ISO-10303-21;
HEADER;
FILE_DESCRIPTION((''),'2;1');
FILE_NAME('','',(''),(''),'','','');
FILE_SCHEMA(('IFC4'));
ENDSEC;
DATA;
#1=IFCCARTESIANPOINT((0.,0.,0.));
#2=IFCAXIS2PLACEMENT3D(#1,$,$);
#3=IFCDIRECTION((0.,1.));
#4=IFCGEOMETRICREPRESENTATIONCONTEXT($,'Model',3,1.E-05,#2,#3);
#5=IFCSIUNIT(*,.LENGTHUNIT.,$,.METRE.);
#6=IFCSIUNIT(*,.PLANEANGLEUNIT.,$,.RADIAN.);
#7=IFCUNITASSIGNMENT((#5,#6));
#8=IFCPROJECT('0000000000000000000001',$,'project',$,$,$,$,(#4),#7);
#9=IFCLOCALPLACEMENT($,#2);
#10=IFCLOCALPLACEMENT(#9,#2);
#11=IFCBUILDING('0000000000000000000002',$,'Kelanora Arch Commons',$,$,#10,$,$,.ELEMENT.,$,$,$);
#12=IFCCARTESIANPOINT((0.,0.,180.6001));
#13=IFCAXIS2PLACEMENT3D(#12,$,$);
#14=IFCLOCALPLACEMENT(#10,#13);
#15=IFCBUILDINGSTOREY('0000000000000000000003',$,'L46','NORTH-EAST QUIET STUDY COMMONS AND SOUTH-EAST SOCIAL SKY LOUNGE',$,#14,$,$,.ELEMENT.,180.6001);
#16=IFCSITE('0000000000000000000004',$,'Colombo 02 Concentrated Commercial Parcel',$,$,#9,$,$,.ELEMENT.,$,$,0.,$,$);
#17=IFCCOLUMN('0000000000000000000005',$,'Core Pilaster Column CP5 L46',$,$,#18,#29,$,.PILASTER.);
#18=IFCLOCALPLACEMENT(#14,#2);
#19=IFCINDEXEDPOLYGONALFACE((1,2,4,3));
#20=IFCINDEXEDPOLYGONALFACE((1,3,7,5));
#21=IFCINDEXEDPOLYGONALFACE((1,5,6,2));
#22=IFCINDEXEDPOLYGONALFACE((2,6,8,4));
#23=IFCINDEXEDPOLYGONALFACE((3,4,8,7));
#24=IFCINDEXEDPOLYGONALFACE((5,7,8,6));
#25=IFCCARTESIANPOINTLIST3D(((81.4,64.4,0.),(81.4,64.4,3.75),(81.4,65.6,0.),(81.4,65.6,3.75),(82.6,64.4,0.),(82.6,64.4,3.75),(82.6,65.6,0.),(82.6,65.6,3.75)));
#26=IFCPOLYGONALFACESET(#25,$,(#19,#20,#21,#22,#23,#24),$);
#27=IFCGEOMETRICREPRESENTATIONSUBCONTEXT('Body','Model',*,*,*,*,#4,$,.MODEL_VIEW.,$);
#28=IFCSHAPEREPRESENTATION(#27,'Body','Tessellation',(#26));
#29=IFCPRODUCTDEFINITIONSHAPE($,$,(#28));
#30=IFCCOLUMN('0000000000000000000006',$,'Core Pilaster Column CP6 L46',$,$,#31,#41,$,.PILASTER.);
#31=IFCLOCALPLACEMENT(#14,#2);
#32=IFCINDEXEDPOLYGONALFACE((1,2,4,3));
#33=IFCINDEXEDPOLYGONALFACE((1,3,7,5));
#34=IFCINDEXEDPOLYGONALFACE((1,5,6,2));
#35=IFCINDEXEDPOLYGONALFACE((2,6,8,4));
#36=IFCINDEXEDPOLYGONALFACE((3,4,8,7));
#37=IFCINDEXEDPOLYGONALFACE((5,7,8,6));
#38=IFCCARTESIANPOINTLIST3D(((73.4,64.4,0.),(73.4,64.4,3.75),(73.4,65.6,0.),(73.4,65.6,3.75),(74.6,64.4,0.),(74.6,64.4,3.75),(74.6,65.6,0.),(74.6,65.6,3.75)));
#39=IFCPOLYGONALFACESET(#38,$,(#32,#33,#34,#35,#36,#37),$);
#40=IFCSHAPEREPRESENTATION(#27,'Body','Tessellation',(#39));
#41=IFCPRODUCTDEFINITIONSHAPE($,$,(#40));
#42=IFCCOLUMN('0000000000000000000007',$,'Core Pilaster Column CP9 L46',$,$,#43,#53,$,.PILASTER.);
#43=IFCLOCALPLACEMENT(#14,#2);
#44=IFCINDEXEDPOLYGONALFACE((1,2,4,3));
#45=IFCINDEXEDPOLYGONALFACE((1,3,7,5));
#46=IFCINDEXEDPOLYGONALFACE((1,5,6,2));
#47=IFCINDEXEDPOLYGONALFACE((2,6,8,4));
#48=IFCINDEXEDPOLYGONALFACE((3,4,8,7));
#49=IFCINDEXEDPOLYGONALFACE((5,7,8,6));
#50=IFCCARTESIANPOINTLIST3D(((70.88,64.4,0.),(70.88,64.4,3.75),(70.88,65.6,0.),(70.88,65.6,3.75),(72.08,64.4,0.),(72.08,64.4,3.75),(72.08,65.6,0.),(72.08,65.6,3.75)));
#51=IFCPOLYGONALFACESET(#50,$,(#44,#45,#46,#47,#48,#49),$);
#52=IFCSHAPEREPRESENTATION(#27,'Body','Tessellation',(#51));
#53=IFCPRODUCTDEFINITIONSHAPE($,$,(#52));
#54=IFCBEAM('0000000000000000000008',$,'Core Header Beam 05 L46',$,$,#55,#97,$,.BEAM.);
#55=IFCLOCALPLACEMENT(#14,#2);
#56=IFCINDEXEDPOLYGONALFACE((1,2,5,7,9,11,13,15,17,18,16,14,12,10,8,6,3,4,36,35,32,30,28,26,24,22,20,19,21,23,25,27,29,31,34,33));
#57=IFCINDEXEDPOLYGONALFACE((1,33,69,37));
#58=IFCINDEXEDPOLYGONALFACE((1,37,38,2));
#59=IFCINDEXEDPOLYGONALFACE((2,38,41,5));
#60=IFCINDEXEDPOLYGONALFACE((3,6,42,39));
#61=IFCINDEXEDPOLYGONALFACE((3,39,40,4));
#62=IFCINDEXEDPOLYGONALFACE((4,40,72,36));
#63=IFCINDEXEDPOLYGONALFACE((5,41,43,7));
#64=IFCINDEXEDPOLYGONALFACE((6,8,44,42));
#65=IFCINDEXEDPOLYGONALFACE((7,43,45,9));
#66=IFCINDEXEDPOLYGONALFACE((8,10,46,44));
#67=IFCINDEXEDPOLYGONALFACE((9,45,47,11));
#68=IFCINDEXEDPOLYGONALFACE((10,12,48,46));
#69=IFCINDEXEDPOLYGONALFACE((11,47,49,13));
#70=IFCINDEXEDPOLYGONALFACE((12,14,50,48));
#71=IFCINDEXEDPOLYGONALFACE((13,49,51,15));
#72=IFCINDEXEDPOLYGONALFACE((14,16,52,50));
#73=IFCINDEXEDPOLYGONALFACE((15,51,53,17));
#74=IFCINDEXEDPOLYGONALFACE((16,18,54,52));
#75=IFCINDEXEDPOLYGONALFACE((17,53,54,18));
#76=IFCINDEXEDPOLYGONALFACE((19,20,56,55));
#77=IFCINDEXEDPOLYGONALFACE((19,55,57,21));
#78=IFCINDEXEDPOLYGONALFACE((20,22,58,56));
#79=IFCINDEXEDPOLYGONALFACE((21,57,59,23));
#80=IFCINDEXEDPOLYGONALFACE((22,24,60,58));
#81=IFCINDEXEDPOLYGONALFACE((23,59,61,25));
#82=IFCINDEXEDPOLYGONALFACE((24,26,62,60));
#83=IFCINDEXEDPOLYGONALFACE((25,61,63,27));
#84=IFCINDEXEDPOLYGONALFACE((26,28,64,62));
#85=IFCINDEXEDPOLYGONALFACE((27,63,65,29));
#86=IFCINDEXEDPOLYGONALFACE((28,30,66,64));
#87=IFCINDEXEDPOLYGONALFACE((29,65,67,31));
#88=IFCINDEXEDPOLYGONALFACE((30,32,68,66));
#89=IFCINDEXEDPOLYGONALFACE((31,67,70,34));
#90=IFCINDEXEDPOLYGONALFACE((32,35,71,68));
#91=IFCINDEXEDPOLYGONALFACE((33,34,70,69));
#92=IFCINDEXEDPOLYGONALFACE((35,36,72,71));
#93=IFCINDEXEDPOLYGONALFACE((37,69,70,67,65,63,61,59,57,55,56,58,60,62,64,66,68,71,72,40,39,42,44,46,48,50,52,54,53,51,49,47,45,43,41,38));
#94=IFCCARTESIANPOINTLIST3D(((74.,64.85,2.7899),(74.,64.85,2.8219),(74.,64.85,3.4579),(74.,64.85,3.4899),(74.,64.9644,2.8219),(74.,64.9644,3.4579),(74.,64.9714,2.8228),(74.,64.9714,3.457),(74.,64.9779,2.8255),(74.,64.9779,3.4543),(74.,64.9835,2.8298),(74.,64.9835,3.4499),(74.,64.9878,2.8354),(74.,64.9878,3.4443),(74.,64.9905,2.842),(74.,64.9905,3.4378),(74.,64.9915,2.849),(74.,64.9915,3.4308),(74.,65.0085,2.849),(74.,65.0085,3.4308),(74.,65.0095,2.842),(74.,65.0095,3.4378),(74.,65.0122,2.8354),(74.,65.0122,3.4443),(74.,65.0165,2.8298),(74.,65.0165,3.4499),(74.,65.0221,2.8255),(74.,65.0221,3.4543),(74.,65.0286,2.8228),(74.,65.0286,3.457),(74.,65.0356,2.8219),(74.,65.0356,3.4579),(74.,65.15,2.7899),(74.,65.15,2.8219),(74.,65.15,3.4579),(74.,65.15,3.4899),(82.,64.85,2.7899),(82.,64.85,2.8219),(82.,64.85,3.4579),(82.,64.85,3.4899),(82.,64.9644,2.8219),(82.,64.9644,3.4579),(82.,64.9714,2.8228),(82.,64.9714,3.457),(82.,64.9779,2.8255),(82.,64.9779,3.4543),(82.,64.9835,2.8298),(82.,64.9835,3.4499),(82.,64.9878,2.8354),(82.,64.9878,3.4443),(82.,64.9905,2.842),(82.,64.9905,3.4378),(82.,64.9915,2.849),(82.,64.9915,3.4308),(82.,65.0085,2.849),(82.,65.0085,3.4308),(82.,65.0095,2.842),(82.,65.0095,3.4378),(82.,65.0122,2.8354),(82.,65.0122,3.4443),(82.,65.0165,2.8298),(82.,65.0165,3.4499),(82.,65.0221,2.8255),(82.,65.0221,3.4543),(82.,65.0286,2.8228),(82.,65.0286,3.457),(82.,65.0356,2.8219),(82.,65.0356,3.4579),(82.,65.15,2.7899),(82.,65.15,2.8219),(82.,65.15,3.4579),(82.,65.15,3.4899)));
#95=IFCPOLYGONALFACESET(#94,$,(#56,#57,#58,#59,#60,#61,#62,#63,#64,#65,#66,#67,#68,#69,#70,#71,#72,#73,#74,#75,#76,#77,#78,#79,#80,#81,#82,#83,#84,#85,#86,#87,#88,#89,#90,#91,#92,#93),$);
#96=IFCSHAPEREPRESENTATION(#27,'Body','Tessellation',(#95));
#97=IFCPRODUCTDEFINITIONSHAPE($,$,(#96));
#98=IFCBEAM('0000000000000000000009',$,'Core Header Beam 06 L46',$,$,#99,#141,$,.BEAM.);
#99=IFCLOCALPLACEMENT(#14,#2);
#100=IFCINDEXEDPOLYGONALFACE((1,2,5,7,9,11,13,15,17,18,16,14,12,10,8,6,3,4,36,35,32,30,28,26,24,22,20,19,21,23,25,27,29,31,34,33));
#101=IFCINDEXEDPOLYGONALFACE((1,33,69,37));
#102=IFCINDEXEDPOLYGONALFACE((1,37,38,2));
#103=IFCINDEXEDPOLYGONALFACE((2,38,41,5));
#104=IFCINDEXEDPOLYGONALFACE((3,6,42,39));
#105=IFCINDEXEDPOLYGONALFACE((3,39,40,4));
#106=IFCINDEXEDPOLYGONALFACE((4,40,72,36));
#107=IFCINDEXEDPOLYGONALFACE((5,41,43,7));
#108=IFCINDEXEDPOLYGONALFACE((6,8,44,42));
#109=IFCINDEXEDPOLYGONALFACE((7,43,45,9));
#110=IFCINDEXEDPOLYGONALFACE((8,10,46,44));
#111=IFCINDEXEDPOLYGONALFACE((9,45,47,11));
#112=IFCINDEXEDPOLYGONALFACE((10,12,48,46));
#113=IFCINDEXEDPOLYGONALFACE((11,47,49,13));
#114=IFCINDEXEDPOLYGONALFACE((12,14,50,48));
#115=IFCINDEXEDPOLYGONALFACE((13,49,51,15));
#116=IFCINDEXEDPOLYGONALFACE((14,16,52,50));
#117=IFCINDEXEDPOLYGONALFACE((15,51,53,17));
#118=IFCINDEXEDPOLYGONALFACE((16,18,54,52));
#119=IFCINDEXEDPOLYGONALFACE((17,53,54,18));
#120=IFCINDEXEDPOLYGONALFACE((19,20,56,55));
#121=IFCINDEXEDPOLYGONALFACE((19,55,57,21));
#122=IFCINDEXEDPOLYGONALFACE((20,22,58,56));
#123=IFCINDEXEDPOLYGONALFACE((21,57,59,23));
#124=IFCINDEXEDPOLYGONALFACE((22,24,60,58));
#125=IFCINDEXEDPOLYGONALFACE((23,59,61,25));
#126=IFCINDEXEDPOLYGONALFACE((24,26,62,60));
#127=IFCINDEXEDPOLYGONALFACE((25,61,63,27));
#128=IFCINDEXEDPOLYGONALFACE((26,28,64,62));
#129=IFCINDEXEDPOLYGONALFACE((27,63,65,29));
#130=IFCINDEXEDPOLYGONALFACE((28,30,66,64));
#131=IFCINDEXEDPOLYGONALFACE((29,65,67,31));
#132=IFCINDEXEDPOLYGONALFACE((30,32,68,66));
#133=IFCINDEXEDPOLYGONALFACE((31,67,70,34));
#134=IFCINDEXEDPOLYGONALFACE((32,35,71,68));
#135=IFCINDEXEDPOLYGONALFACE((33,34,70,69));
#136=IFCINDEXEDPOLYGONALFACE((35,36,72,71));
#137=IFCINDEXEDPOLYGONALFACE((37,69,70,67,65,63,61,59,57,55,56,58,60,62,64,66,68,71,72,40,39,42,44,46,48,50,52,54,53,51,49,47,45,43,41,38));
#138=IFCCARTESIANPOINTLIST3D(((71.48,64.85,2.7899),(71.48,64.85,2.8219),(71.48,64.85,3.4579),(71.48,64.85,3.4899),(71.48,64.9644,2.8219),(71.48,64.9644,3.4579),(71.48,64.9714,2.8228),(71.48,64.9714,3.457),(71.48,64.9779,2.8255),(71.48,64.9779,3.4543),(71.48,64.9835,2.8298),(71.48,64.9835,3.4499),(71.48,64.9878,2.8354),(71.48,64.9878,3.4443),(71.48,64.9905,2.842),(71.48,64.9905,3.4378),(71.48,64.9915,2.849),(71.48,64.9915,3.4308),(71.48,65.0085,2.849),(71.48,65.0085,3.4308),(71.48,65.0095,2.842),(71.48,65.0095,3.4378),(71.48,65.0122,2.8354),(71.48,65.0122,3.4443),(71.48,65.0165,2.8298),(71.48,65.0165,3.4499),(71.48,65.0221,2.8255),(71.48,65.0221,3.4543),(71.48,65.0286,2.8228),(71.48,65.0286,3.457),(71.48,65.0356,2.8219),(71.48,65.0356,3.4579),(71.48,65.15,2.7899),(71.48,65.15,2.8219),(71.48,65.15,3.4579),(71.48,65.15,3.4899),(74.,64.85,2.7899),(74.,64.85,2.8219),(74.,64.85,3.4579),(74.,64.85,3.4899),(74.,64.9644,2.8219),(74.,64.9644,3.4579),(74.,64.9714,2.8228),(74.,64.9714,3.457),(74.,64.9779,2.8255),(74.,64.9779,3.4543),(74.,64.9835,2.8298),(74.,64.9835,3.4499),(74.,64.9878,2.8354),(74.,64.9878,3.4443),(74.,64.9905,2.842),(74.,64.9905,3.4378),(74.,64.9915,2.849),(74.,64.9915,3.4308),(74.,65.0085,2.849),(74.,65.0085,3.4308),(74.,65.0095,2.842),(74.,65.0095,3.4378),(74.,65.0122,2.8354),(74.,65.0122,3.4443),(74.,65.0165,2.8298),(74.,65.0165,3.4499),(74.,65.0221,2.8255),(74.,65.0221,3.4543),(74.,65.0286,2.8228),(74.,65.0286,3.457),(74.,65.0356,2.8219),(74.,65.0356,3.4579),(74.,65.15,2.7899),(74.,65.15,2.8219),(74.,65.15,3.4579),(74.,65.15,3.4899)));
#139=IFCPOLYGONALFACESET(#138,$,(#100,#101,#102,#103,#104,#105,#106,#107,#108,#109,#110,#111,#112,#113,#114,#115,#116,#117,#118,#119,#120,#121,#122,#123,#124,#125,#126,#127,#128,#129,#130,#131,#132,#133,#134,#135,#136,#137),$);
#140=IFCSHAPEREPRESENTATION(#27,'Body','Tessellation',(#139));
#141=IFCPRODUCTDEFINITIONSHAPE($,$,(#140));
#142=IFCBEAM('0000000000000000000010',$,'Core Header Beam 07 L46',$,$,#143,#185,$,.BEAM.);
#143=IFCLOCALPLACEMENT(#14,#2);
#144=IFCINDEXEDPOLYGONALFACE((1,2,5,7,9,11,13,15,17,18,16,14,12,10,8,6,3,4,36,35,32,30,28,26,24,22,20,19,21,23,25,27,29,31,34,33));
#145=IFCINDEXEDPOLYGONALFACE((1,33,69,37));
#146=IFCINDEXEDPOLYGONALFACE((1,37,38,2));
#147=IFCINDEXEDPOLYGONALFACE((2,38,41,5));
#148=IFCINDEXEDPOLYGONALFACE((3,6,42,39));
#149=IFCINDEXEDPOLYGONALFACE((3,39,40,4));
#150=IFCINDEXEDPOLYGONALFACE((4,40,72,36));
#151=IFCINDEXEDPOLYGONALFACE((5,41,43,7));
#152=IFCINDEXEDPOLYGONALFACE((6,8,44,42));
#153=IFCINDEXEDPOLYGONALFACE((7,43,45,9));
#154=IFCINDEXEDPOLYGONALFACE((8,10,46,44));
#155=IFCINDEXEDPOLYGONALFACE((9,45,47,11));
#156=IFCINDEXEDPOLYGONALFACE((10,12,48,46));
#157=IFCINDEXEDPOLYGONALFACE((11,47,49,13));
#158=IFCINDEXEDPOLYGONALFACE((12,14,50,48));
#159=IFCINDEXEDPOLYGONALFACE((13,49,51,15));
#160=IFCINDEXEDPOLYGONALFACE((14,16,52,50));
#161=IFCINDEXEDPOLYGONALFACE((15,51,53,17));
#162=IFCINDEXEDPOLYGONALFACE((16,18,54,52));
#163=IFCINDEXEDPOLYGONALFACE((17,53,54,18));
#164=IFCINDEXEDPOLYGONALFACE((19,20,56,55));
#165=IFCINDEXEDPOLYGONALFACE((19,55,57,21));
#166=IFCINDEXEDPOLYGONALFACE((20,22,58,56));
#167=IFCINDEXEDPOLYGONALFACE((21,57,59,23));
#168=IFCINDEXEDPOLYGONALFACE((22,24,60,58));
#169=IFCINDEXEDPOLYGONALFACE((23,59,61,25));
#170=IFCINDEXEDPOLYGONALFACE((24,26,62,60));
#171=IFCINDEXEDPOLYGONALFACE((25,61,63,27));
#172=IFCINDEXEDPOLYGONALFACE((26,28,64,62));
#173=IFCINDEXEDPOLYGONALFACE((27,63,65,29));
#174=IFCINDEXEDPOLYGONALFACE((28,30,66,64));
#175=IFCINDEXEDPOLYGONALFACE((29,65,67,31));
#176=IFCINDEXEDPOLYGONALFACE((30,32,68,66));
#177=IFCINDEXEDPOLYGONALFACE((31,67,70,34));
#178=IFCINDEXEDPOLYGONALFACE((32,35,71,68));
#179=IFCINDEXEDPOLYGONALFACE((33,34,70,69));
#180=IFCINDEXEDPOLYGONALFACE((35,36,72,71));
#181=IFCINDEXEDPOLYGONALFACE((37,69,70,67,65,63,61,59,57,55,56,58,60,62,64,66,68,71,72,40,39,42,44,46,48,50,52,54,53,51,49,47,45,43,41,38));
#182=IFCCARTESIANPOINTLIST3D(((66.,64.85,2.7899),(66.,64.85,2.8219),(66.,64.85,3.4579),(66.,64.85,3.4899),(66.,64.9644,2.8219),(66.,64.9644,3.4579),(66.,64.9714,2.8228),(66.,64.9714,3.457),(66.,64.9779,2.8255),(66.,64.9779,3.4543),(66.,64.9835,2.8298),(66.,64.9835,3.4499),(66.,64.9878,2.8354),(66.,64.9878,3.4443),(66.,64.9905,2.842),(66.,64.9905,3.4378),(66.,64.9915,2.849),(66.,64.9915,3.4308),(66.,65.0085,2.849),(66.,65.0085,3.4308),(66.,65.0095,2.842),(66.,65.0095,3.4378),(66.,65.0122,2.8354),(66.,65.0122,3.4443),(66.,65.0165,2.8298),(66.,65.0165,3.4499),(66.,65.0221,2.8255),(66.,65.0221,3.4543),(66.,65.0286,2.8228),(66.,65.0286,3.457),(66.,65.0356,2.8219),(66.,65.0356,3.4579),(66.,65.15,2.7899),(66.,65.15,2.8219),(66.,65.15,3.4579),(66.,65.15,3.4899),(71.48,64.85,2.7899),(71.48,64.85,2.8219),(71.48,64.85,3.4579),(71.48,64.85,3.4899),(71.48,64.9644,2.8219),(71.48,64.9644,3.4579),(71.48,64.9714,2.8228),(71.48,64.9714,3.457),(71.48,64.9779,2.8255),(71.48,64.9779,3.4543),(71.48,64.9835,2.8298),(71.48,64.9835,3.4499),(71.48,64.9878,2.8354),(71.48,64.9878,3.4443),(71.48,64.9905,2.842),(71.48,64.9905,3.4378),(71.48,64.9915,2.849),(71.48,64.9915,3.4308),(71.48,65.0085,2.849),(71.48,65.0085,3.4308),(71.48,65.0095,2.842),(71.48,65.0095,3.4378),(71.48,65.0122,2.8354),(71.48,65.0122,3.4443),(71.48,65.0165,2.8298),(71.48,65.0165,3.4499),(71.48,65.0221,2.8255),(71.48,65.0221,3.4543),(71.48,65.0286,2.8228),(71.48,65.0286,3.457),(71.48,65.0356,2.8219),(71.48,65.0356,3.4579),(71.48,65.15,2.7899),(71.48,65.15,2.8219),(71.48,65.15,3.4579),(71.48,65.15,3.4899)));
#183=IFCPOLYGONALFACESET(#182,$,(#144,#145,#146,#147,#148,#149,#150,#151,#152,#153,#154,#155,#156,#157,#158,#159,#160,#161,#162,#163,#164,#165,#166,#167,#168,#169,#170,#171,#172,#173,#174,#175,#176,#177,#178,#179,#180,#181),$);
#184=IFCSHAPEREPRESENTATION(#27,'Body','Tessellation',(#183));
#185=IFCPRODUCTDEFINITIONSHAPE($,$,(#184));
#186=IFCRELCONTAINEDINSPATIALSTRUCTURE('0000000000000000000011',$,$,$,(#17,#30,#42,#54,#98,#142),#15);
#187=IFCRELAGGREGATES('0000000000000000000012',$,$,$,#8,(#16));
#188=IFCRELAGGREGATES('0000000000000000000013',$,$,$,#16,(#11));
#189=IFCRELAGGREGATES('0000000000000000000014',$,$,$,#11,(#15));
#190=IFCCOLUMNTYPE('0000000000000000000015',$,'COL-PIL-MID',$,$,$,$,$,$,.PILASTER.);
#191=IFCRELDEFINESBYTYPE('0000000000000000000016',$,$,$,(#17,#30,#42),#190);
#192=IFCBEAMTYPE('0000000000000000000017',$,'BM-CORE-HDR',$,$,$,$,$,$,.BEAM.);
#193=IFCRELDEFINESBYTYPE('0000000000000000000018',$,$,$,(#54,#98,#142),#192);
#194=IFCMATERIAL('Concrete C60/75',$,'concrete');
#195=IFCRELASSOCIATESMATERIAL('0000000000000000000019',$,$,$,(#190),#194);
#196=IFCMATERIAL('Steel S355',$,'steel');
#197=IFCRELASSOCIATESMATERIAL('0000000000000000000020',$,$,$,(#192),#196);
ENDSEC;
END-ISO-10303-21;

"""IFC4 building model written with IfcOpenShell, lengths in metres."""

from ifc_helpers import new_model, si_unit, direction, frame, origin, origin_2d, place, context, subcontext, project, spatial, rectangle, i_section, extrude, material, material_profile, profile_set, type_object, element, save


model = new_model("IFC4")

# Units and contexts
model_context = context("Model", 3, precision=1e-05, world=origin(), true_north=direction((0.0, 1.0)))
body_context = subcontext(model_context, "Body", "Model", "MODEL_VIEW")
ifc_project = project(units=[si_unit("LENGTHUNIT", "METRE"), si_unit("PLANEANGLEUNIT", "RADIAN")], contexts=[model_context])

# Site, building, storey
site_placement = place(None, origin())
site = spatial("IfcSite", under=ifc_project, at=site_placement, Name="Colombo 02 Concentrated Commercial Parcel", CompositionType="ELEMENT", RefElevation=0.0)
building_placement = place(site_placement, origin())
building = spatial("IfcBuilding", under=site, at=building_placement, Name="Kelanora Arch Commons", CompositionType="ELEMENT")
storey_placement = place(building_placement, frame((0.0, 0.0, 180.6001)))
storey = spatial("IfcBuildingStorey", under=building, at=storey_placement, Name="L46", Description="NORTH-EAST QUIET STUDY COMMONS AND SOUTH-EAST SOCIAL SKY LOUNGE", CompositionType="ELEMENT", Elevation=180.6001)

# Columns
ifc_material_1 = material(Name="Concrete C60/75", Category="concrete")
ifc_material_profile_1 = material_profile(ifc_material_1, rectangle(XDim=1.2, YDim=1.2, at=origin_2d()), Name="RC1200x1200")
ifc_profile_set_1 = profile_set([ifc_material_profile_1], Name="Concrete C60/75")
column_type = type_object("IfcColumnType", Name="COL-PIL-MID", PredefinedType="PILASTER", material=ifc_profile_set_1)
for number, where, z_axis, x_axis, name in (
    (1, (82.0, 65.0, 0.0), (0.0, 0.0, 1.0), (1.0, 0.0, 0.0), "Core Pilaster Column CP5 L46"),
    (2, (74.0, 65.0, 0.0), (0.0, 0.0, 1.0), (1.0, 0.0, 0.0), "Core Pilaster Column CP6 L46"),
    (3, (71.48, 65.0, 0.0), (0.0, 0.0, 1.0), (1.0, 0.0, 0.0), "Core Pilaster Column CP9 L46"),
):
    element("IfcColumn", number, at=place(storey_placement, frame(where, z_axis=z_axis, x_axis=x_axis)), inside=storey, type_object=column_type, Name=name, PredefinedType="PILASTER", context=body_context, shape_type="SweptSolid", body=[
        extrude(rectangle(XDim=1.2, YDim=1.2, at=origin_2d()), origin(), (0.0, 0.0, 1.0), 3.75),
    ])

# Beams
ifc_material_2 = material(Name="Steel S355", Category="steel")
ifc_material_profile_2 = material_profile(ifc_material_2, i_section(OverallWidth=0.3, OverallDepth=0.7, WebThickness=0.0171, FlangeThickness=0.032, FilletRadius=0.0271, at=origin_2d()), Name="HEB700")
ifc_profile_set_2 = profile_set([ifc_material_profile_2], Name="Steel S355")
beam_type_1 = type_object("IfcBeamType", Name="BM-CORE-HDR", PredefinedType="BEAM", material=ifc_profile_set_2)
beam_1_placement = place(storey_placement, frame((82.0, 65.0, 3.1399), z_axis=(-1.0, 0.0, 0.0), x_axis=(0.0, -1.0, 0.0)))
element("IfcBeam", 4, at=beam_1_placement, inside=storey, type_object=beam_type_1, Name="Core Header Beam 05 L46", PredefinedType="BEAM", context=body_context, shape_type="SweptSolid", body=[
    extrude(i_section(OverallWidth=0.3, OverallDepth=0.7, WebThickness=0.0171, FlangeThickness=0.032, FilletRadius=0.0271, at=origin_2d()), origin(), (0.0, 0.0, 1.0), 8.0),
])
beam_2_placement = place(storey_placement, frame((74.0, 65.0, 3.1399), z_axis=(-1.0, 0.0, 0.0), x_axis=(0.0, -1.0, 0.0)))
element("IfcBeam", 5, at=beam_2_placement, inside=storey, type_object=beam_type_1, Name="Core Header Beam 06 L46", PredefinedType="BEAM", context=body_context, shape_type="SweptSolid", body=[
    extrude(i_section(OverallWidth=0.3, OverallDepth=0.7, WebThickness=0.0171, FlangeThickness=0.032, FilletRadius=0.0271, at=origin_2d()), origin(), (0.0, 0.0, 1.0), 2.52),
])
beam_3_placement = place(storey_placement, frame((71.48, 65.0, 3.1399), z_axis=(-1.0, 0.0, 0.0), x_axis=(0.0, -1.0, 0.0)))
element("IfcBeam", 6, at=beam_3_placement, inside=storey, type_object=beam_type_1, Name="Core Header Beam 07 L46", PredefinedType="BEAM", context=body_context, shape_type="SweptSolid", body=[
    extrude(i_section(OverallWidth=0.3, OverallDepth=0.7, WebThickness=0.0171, FlangeThickness=0.032, FilletRadius=0.0271, at=origin_2d()), origin(), (0.0, 0.0, 1.0), 5.48),
])

save(model, "model.ifc")
